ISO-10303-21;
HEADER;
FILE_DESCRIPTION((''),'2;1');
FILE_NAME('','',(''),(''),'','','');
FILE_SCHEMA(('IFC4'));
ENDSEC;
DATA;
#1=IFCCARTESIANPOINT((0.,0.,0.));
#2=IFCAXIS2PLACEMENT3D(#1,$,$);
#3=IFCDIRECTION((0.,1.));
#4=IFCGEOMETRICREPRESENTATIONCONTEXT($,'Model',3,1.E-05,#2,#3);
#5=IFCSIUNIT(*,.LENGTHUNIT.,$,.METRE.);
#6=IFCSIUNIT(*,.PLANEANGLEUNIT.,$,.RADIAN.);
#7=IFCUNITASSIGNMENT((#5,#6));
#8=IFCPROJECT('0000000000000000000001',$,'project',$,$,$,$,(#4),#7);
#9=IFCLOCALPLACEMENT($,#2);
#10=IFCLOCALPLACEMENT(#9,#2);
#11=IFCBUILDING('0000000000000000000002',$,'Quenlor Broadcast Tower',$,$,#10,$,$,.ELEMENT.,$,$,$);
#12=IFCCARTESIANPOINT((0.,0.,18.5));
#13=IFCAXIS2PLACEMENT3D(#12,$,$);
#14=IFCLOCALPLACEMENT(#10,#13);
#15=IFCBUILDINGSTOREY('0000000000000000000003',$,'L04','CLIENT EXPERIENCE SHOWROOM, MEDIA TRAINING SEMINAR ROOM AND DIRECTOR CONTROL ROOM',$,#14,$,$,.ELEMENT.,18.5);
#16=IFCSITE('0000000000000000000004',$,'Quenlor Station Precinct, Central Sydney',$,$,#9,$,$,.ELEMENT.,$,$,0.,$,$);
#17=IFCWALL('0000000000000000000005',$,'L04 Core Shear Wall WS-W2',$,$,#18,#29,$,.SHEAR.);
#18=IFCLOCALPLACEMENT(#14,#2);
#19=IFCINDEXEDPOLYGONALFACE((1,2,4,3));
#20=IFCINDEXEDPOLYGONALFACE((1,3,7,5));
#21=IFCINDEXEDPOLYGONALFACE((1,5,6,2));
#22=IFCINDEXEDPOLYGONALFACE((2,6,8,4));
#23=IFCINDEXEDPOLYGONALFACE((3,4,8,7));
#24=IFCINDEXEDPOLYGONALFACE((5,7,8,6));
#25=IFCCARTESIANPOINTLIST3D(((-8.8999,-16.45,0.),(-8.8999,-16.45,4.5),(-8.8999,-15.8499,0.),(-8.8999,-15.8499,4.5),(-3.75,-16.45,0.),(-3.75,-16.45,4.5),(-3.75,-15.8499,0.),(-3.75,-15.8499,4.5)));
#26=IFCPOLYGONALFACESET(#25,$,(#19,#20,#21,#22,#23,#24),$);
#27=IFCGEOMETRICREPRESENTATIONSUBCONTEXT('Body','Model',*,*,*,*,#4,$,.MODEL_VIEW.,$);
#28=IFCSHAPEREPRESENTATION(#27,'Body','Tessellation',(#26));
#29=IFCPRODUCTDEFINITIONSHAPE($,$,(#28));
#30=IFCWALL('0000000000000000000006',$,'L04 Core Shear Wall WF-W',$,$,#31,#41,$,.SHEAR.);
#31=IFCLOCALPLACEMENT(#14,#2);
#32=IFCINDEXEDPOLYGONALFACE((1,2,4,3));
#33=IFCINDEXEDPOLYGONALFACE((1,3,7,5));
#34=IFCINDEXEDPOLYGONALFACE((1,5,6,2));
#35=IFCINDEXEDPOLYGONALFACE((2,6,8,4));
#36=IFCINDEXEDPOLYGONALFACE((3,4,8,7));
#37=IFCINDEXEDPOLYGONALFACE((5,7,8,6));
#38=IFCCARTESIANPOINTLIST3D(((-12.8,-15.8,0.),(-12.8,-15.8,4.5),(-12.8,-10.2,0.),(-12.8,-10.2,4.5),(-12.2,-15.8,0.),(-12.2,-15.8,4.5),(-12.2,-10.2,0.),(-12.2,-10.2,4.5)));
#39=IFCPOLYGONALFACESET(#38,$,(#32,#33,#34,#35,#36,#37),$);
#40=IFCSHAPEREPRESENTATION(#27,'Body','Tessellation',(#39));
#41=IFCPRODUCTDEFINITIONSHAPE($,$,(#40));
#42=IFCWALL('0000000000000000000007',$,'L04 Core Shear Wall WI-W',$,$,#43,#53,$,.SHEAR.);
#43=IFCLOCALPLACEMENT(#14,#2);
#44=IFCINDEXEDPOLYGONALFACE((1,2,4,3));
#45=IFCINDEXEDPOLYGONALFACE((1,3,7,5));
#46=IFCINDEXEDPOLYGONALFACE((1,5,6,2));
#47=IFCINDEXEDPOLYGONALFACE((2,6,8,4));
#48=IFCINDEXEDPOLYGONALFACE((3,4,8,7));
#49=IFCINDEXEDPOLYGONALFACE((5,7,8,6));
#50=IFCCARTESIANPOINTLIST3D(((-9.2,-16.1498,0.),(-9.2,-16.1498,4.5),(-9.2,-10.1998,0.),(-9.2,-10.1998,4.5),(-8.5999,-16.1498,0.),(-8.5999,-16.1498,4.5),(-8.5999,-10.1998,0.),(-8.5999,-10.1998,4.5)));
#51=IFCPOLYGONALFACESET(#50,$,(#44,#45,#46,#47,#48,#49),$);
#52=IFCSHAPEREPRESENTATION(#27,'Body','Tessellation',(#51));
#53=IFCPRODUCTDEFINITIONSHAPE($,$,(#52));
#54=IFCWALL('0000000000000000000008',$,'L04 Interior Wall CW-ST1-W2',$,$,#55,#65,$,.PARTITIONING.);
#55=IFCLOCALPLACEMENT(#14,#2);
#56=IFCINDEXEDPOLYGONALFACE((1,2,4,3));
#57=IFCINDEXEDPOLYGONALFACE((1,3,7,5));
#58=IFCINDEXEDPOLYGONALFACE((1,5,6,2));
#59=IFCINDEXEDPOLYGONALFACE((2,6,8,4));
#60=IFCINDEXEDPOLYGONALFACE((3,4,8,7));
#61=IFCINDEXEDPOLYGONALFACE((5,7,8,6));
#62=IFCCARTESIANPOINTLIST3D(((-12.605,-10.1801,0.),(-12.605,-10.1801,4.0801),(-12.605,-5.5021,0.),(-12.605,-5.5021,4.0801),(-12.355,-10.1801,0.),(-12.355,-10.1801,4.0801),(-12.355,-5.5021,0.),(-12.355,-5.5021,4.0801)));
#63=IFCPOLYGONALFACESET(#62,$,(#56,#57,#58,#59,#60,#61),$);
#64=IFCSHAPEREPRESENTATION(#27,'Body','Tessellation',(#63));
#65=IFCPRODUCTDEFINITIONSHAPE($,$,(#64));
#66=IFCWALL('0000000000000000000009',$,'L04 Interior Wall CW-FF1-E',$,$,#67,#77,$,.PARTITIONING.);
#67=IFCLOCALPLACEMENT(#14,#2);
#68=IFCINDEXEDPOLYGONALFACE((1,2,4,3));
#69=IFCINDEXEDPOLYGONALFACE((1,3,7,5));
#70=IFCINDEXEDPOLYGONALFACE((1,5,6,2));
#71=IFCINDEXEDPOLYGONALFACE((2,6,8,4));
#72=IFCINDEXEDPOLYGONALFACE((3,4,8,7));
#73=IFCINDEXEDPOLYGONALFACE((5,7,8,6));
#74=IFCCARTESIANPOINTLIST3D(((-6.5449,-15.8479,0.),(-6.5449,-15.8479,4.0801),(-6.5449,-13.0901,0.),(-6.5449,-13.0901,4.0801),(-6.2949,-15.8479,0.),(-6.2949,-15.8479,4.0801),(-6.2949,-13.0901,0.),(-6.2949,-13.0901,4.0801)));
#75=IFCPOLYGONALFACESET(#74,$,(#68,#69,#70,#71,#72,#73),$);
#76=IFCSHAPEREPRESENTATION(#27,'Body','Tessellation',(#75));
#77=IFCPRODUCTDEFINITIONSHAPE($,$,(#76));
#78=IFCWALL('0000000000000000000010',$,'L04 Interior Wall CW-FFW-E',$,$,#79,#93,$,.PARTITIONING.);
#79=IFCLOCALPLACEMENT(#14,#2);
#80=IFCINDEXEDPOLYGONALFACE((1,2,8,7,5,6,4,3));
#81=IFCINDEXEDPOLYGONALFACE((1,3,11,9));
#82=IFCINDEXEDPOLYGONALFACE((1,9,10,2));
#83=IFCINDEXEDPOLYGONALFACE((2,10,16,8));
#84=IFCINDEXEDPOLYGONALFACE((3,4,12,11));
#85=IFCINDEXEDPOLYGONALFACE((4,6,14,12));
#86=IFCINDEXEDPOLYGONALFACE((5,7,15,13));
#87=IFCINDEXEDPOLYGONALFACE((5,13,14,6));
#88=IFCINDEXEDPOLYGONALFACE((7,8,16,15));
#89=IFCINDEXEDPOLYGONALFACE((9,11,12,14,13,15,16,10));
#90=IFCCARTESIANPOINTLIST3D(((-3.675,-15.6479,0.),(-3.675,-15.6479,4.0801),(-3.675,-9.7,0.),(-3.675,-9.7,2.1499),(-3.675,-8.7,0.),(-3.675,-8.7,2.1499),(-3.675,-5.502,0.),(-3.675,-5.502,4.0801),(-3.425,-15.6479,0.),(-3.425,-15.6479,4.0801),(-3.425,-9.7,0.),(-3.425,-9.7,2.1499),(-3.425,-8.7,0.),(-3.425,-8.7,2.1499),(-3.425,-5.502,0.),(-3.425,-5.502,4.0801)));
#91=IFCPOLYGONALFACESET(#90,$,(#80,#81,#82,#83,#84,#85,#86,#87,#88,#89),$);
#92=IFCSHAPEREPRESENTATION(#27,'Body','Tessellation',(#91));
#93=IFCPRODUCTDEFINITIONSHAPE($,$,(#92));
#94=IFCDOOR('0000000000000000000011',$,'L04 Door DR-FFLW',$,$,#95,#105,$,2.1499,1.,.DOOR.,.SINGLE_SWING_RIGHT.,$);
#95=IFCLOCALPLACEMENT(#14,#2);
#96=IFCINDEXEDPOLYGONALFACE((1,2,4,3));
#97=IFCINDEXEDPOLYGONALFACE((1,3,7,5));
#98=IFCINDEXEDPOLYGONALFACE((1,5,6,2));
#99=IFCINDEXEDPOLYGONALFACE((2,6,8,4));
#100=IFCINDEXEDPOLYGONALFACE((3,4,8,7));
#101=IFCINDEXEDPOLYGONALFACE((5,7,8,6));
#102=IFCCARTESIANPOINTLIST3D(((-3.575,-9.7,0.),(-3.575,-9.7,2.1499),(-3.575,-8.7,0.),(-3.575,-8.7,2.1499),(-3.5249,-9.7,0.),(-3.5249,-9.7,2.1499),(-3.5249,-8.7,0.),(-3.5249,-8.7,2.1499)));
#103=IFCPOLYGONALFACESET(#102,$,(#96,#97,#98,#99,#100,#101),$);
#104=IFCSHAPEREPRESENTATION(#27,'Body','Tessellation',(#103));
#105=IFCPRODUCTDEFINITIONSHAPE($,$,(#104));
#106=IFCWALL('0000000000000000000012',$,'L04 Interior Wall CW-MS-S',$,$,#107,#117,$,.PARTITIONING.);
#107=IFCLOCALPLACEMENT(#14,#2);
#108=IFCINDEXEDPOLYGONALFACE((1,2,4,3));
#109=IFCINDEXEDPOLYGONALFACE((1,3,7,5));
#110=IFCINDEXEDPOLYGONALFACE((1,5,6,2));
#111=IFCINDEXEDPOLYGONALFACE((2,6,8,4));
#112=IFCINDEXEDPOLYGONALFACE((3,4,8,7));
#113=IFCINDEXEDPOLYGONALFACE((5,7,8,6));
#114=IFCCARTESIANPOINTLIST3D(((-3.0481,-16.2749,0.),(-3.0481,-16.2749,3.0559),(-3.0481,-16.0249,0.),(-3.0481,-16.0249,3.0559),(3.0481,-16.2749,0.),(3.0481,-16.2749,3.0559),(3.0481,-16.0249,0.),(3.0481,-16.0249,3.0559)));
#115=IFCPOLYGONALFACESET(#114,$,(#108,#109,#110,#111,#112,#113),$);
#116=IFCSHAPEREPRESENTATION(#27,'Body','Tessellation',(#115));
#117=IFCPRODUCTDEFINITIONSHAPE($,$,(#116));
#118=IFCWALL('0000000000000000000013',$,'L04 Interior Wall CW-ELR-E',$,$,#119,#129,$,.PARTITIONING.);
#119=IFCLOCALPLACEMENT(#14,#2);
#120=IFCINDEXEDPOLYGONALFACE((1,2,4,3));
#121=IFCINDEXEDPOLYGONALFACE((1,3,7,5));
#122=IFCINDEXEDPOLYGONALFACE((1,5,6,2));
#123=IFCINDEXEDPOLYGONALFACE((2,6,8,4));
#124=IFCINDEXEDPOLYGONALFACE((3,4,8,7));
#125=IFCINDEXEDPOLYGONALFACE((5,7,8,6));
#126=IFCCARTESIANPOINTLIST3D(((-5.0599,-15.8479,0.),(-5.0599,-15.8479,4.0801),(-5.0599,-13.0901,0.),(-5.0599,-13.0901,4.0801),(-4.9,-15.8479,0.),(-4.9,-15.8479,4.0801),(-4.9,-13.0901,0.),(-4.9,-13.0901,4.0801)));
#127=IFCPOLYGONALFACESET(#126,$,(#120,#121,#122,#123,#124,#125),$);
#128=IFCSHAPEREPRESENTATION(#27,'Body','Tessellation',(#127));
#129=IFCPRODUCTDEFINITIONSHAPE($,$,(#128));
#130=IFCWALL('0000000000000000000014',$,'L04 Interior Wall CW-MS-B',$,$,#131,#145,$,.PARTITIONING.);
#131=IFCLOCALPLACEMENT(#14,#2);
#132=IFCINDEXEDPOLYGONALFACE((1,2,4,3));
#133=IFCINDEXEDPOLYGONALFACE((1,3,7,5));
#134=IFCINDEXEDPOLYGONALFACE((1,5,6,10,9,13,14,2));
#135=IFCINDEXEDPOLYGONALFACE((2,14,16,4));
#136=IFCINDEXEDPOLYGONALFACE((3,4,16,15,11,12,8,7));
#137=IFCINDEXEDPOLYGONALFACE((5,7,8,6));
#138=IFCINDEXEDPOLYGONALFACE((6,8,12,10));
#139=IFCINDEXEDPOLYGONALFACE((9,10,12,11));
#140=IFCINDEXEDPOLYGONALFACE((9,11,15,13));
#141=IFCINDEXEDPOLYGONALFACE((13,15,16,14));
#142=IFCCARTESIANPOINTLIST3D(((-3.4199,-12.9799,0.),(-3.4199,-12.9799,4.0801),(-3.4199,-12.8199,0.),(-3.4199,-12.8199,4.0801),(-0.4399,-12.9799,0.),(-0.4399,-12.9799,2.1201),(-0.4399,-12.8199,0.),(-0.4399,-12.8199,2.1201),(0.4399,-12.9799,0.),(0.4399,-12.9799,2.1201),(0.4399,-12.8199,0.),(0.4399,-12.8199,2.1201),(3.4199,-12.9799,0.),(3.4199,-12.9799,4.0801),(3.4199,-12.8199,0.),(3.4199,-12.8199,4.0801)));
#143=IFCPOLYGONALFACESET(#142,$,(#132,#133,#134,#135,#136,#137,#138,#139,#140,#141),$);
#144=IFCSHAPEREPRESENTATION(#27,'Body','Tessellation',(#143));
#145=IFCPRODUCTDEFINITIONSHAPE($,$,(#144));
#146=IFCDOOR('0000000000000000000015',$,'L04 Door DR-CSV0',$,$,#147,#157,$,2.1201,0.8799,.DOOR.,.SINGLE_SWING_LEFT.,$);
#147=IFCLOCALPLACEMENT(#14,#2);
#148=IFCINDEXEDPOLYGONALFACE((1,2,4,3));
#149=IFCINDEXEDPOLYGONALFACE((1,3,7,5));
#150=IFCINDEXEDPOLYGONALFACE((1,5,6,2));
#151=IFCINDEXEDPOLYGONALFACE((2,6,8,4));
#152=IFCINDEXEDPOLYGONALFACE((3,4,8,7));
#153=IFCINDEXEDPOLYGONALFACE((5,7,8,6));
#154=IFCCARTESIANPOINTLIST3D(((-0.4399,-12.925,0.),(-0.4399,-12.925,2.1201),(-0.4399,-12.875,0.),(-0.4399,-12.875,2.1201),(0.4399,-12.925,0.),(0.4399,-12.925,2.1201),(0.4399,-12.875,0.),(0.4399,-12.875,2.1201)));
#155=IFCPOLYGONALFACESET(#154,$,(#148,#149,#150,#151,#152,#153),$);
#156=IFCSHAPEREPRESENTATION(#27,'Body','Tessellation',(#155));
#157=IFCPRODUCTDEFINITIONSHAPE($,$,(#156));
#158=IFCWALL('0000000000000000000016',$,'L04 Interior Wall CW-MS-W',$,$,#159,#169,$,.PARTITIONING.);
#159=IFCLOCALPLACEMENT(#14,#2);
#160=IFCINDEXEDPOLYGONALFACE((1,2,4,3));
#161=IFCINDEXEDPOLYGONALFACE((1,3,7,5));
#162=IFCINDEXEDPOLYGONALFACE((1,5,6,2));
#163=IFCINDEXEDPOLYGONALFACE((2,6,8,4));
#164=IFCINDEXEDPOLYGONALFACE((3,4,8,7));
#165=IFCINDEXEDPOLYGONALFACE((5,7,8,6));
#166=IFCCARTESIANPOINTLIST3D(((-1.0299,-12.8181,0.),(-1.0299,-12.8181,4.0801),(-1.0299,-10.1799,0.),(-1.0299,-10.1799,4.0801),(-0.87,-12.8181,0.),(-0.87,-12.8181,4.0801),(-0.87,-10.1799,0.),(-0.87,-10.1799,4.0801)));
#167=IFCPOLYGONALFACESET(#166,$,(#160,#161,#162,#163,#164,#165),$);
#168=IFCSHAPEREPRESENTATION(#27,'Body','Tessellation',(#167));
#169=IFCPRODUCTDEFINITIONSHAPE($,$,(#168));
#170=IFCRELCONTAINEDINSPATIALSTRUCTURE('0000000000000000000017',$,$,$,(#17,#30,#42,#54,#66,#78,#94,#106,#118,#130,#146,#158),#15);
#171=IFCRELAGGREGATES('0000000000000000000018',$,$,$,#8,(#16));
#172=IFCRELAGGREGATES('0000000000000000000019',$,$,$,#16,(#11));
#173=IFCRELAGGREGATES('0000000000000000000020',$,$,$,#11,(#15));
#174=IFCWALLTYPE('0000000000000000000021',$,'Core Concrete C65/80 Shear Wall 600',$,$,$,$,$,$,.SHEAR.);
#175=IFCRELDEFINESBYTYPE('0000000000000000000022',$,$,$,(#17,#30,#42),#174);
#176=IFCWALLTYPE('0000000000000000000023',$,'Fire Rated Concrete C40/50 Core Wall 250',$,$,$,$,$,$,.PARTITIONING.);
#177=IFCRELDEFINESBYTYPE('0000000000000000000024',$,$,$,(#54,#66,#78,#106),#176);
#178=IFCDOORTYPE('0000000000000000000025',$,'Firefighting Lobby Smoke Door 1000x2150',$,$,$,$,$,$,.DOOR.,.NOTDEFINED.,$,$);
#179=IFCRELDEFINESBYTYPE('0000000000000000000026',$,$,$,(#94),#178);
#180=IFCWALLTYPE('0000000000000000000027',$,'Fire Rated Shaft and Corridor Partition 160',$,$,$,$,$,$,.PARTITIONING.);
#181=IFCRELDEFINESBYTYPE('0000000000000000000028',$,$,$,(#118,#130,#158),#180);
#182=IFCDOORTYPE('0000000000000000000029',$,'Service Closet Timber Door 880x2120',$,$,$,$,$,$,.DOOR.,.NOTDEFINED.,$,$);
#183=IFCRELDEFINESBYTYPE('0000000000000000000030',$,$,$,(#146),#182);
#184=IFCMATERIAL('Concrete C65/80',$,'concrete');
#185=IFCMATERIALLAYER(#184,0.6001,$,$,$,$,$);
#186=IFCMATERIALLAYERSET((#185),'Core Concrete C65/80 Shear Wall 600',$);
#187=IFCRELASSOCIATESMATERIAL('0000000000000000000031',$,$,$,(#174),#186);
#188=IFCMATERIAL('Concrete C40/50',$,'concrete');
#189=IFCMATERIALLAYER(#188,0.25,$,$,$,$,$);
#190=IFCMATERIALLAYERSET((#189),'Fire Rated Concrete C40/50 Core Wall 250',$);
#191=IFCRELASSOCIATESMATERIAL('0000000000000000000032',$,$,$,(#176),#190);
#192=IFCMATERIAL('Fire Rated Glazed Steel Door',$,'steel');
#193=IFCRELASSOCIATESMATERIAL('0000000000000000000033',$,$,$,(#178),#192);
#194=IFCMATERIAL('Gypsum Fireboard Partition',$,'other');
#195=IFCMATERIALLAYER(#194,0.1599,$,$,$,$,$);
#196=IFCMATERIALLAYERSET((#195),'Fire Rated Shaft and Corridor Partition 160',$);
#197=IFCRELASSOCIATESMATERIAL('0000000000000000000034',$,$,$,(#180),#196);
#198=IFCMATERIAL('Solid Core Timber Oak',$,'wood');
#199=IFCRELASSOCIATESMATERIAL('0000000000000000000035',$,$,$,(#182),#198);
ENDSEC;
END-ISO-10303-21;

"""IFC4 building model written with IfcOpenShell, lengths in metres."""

from ifc_helpers import new_model, si_unit, direction, frame, frame_2d, origin, place, context, subcontext, project, spatial, rectangle, extrude, material, layer, layer_set, type_object, element, fill, save


model = new_model("IFC4")

# Units and contexts
model_context = context("Model", 3, precision=1e-05, world=origin(), true_north=direction((0.0, 1.0)))
body_context = subcontext(model_context, "Body", "Model", "MODEL_VIEW")
ifc_project = project(units=[si_unit("LENGTHUNIT", "METRE"), si_unit("PLANEANGLEUNIT", "RADIAN")], contexts=[model_context])

# Site, building, storey
site_placement = place(None, origin())
site = spatial("IfcSite", under=ifc_project, at=site_placement, Name="Quenlor Station Precinct, Central Sydney", CompositionType="ELEMENT", RefElevation=0.0)
building_placement = place(site_placement, origin())
building = spatial("IfcBuilding", under=site, at=building_placement, Name="Quenlor Broadcast Tower", CompositionType="ELEMENT")
storey_placement = place(building_placement, frame((0.0, 0.0, 18.5)))
storey = spatial("IfcBuildingStorey", under=building, at=storey_placement, Name="L04", Description="CLIENT EXPERIENCE SHOWROOM, MEDIA TRAINING SEMINAR ROOM AND DIRECTOR CONTROL ROOM", CompositionType="ELEMENT", Elevation=18.5)

# Walls
ifc_material_1 = material(Name="Concrete C65/80", Category="concrete")
ifc_layer_1 = layer(ifc_material_1, 0.6001)
ifc_layer_set_1 = layer_set([ifc_layer_1], Name="Core Concrete C65/80 Shear Wall 600")
wall_type_1 = type_object("IfcWallType", Name="Core Concrete C65/80 Shear Wall 600", PredefinedType="SHEAR", material=ifc_layer_set_1)
wall_1_placement = place(storey_placement, frame((-8.8999, -16.1499, 0.0), z_axis=(0.0, 0.0, 1.0), x_axis=(1.0, 0.0, 0.0)))
element("IfcWall", 1, at=wall_1_placement, inside=storey, type_object=wall_type_1, Name="L04 Core Shear Wall WS-W2", PredefinedType="SHEAR", context=body_context, shape_type="SweptSolid", body=[
    extrude(rectangle(XDim=5.1499, YDim=0.6001, at=frame_2d((2.575, 0.0))), origin(), (0.0, 0.0, 1.0), 4.5),
])
wall_2_placement = place(storey_placement, frame((-12.5, -15.8, 0.0), z_axis=(0.0, 0.0, 1.0), x_axis=(0.0, 1.0, 0.0)))
element("IfcWall", 2, at=wall_2_placement, inside=storey, type_object=wall_type_1, Name="L04 Core Shear Wall WF-W", PredefinedType="SHEAR", context=body_context, shape_type="SweptSolid", body=[
    extrude(rectangle(XDim=5.6001, YDim=0.6001, at=frame_2d((2.8, 0.0))), origin(), (0.0, 0.0, 1.0), 4.5),
])
wall_3_placement = place(storey_placement, frame((-8.8999, -16.1499, 0.0), z_axis=(0.0, 0.0, 1.0), x_axis=(0.0, 1.0, 0.0)))
element("IfcWall", 3, at=wall_3_placement, inside=storey, type_object=wall_type_1, Name="L04 Core Shear Wall WI-W", PredefinedType="SHEAR", context=body_context, shape_type="SweptSolid", body=[
    extrude(rectangle(XDim=5.95, YDim=0.6001, at=frame_2d((2.9751, 0.0))), origin(), (0.0, 0.0, 1.0), 4.5),
])
ifc_material_2 = material(Name="Concrete C40/50", Category="concrete")
ifc_layer_2 = layer(ifc_material_2, 0.25)
ifc_layer_set_2 = layer_set([ifc_layer_2], Name="Fire Rated Concrete C40/50 Core Wall 250")
wall_type_2 = type_object("IfcWallType", Name="Fire Rated Concrete C40/50 Core Wall 250", PredefinedType="PARTITIONING", material=ifc_layer_set_2)
wall_4_placement = place(storey_placement, frame((-12.48, -10.1799, 0.0), z_axis=(0.0, 0.0, 1.0), x_axis=(0.0, 1.0, 0.0)))
element("IfcWall", 4, at=wall_4_placement, inside=storey, type_object=wall_type_2, Name="L04 Interior Wall CW-ST1-W2", PredefinedType="PARTITIONING", context=body_context, shape_type="SweptSolid", body=[
    extrude(rectangle(XDim=4.678, YDim=0.25, at=frame_2d((2.3389, 0.0))), origin(), (0.0, 0.0, 1.0), 4.0801),
])

# Wall
wall_5_placement = place(storey_placement, frame((-6.4199, -15.8479, 0.0), z_axis=(0.0, 0.0, 1.0), x_axis=(0.0, 1.0, 0.0)))
element("IfcWall", 5, at=wall_5_placement, inside=storey, type_object=wall_type_2, Name="L04 Interior Wall CW-FF1-E", PredefinedType="PARTITIONING", context=body_context, shape_type="SweptSolid", body=[
    extrude(rectangle(XDim=2.7578, YDim=0.25, at=frame_2d((1.3789, 0.0))), origin(), (0.0, 0.0, 1.0), 4.0801),
])

# Wall, opening, door
wall_6_placement = place(storey_placement, frame((-3.55, -15.6479, 0.0), z_axis=(0.0, 0.0, 1.0), x_axis=(0.0, 1.0, 0.0)))
wall_6 = element("IfcWall", 6, at=wall_6_placement, inside=storey, type_object=wall_type_2, Name="L04 Interior Wall CW-FFW-E", PredefinedType="PARTITIONING", context=body_context, shape_type="SweptSolid", body=[
    extrude(rectangle(XDim=10.146, YDim=0.25, at=frame_2d((5.073, 0.0))), origin(), (0.0, 0.0, 1.0), 4.0801),
])
opening_1_placement = place(wall_6_placement, frame((5.948, 0.0, 0.0)))
opening_1 = element("IfcOpeningElement", 7, at=opening_1_placement, cuts=wall_6, PredefinedType="OPENING", context=body_context, shape_type="SweptSolid", body=[
    extrude(rectangle(XDim=1.0, YDim=2.1499, at=frame_2d((0.5, 1.075))), frame((0.0, 0.135, 0.0), z_axis=(0.0, -1.0, 0.0), x_axis=(1.0, 0.0, 0.0)), (0.0, 0.0, 1.0), 0.27),
])
ifc_material_3 = material(Name="Fire Rated Glazed Steel Door", Category="steel")
door_type_1 = type_object("IfcDoorType", Name="Firefighting Lobby Smoke Door 1000x2150", OperationType="NOTDEFINED", PredefinedType="DOOR", material=ifc_material_3)
door_1_placement = place(opening_1_placement, origin())
door_1 = element("IfcDoor", 8, at=door_1_placement, inside=storey, type_object=door_type_1, Name="L04 Door DR-FFLW", OperationType="SINGLE_SWING_RIGHT", OverallHeight=2.1499, OverallWidth=1.0, PredefinedType="DOOR", context=body_context, shape_type="SweptSolid", body=[
    extrude(rectangle(XDim=1.0, YDim=2.1499, at=frame_2d((0.5, 1.075))), frame((0.0, 0.0249, 0.0), z_axis=(0.0, -1.0, 0.0), x_axis=(1.0, 0.0, 0.0)), (0.0, 0.0, 1.0), 0.05),
])
fill(opening_1, door_1)

# Walls
wall_7_placement = place(storey_placement, frame((-3.0481, -16.1499, 0.0), z_axis=(0.0, 0.0, 1.0), x_axis=(1.0, 0.0, 0.0)))
element("IfcWall", 9, at=wall_7_placement, inside=storey, type_object=wall_type_2, Name="L04 Interior Wall CW-MS-S", PredefinedType="PARTITIONING", context=body_context, shape_type="SweptSolid", body=[
    extrude(rectangle(XDim=6.0962, YDim=0.25, at=frame_2d((3.0481, 0.0))), origin(), (0.0, 0.0, 1.0), 3.0559),
])
ifc_material_4 = material(Name="Gypsum Fireboard Partition", Category="other")
ifc_layer_3 = layer(ifc_material_4, 0.1599)
ifc_layer_set_3 = layer_set([ifc_layer_3], Name="Fire Rated Shaft and Corridor Partition 160")
wall_type_3 = type_object("IfcWallType", Name="Fire Rated Shaft and Corridor Partition 160", PredefinedType="PARTITIONING", material=ifc_layer_set_3)
wall_8_placement = place(storey_placement, frame((-4.98, -15.8479, 0.0), z_axis=(0.0, 0.0, 1.0), x_axis=(0.0, 1.0, 0.0)))
element("IfcWall", 10, at=wall_8_placement, inside=storey, type_object=wall_type_3, Name="L04 Interior Wall CW-ELR-E", PredefinedType="PARTITIONING", context=body_context, shape_type="SweptSolid", body=[
    extrude(rectangle(XDim=2.7578, YDim=0.1599, at=frame_2d((1.3789, 0.0))), origin(), (0.0, 0.0, 1.0), 4.0801),
])

# Wall, opening, door
wall_9_placement = place(storey_placement, frame((-3.4199, -12.8999, 0.0), z_axis=(0.0, 0.0, 1.0), x_axis=(1.0, 0.0, 0.0)))
wall_9 = element("IfcWall", 11, at=wall_9_placement, inside=storey, type_object=wall_type_3, Name="L04 Interior Wall CW-MS-B", PredefinedType="PARTITIONING", context=body_context, shape_type="SweptSolid", body=[
    extrude(rectangle(XDim=6.8398, YDim=0.1599, at=frame_2d((3.4199, 0.0))), origin(), (0.0, 0.0, 1.0), 4.0801),
])
opening_2_placement = place(wall_9_placement, frame((2.98, 0.0, 0.0)))
opening_2 = element("IfcOpeningElement", 12, at=opening_2_placement, cuts=wall_9, PredefinedType="OPENING", context=body_context, shape_type="SweptSolid", body=[
    extrude(rectangle(XDim=0.8799, YDim=2.1201, at=frame_2d((0.4399, 1.0601))), frame((0.0, 0.0898, 0.0), z_axis=(0.0, -1.0, 0.0), x_axis=(1.0, 0.0, 0.0)), (0.0, 0.0, 1.0), 0.1799),
])
ifc_material_5 = material(Name="Solid Core Timber Oak", Category="wood")
door_type_2 = type_object("IfcDoorType", Name="Service Closet Timber Door 880x2120", OperationType="NOTDEFINED", PredefinedType="DOOR", material=ifc_material_5)
door_2_placement = place(opening_2_placement, origin())
door_2 = element("IfcDoor", 13, at=door_2_placement, inside=storey, type_object=door_type_2, Name="L04 Door DR-CSV0", OperationType="SINGLE_SWING_LEFT", OverallHeight=2.1201, OverallWidth=0.8799, PredefinedType="DOOR", context=body_context, shape_type="SweptSolid", body=[
    extrude(rectangle(XDim=0.8799, YDim=2.1201, at=frame_2d((0.4399, 1.0601))), frame((0.0, 0.0249, 0.0), z_axis=(0.0, -1.0, 0.0), x_axis=(1.0, 0.0, 0.0)), (0.0, 0.0, 1.0), 0.05),
])
fill(opening_2, door_2)

# Wall
wall_10_placement = place(storey_placement, frame((-0.95, -12.8181, 0.0), z_axis=(0.0, 0.0, 1.0), x_axis=(0.0, 1.0, 0.0)))
element("IfcWall", 14, at=wall_10_placement, inside=storey, type_object=wall_type_3, Name="L04 Interior Wall CW-MS-W", PredefinedType="PARTITIONING", context=body_context, shape_type="SweptSolid", body=[
    extrude(rectangle(XDim=2.6382, YDim=0.1599, at=frame_2d((1.3191, 0.0))), origin(), (0.0, 0.0, 1.0), 4.0801),
])

save(model, "model.ifc")
